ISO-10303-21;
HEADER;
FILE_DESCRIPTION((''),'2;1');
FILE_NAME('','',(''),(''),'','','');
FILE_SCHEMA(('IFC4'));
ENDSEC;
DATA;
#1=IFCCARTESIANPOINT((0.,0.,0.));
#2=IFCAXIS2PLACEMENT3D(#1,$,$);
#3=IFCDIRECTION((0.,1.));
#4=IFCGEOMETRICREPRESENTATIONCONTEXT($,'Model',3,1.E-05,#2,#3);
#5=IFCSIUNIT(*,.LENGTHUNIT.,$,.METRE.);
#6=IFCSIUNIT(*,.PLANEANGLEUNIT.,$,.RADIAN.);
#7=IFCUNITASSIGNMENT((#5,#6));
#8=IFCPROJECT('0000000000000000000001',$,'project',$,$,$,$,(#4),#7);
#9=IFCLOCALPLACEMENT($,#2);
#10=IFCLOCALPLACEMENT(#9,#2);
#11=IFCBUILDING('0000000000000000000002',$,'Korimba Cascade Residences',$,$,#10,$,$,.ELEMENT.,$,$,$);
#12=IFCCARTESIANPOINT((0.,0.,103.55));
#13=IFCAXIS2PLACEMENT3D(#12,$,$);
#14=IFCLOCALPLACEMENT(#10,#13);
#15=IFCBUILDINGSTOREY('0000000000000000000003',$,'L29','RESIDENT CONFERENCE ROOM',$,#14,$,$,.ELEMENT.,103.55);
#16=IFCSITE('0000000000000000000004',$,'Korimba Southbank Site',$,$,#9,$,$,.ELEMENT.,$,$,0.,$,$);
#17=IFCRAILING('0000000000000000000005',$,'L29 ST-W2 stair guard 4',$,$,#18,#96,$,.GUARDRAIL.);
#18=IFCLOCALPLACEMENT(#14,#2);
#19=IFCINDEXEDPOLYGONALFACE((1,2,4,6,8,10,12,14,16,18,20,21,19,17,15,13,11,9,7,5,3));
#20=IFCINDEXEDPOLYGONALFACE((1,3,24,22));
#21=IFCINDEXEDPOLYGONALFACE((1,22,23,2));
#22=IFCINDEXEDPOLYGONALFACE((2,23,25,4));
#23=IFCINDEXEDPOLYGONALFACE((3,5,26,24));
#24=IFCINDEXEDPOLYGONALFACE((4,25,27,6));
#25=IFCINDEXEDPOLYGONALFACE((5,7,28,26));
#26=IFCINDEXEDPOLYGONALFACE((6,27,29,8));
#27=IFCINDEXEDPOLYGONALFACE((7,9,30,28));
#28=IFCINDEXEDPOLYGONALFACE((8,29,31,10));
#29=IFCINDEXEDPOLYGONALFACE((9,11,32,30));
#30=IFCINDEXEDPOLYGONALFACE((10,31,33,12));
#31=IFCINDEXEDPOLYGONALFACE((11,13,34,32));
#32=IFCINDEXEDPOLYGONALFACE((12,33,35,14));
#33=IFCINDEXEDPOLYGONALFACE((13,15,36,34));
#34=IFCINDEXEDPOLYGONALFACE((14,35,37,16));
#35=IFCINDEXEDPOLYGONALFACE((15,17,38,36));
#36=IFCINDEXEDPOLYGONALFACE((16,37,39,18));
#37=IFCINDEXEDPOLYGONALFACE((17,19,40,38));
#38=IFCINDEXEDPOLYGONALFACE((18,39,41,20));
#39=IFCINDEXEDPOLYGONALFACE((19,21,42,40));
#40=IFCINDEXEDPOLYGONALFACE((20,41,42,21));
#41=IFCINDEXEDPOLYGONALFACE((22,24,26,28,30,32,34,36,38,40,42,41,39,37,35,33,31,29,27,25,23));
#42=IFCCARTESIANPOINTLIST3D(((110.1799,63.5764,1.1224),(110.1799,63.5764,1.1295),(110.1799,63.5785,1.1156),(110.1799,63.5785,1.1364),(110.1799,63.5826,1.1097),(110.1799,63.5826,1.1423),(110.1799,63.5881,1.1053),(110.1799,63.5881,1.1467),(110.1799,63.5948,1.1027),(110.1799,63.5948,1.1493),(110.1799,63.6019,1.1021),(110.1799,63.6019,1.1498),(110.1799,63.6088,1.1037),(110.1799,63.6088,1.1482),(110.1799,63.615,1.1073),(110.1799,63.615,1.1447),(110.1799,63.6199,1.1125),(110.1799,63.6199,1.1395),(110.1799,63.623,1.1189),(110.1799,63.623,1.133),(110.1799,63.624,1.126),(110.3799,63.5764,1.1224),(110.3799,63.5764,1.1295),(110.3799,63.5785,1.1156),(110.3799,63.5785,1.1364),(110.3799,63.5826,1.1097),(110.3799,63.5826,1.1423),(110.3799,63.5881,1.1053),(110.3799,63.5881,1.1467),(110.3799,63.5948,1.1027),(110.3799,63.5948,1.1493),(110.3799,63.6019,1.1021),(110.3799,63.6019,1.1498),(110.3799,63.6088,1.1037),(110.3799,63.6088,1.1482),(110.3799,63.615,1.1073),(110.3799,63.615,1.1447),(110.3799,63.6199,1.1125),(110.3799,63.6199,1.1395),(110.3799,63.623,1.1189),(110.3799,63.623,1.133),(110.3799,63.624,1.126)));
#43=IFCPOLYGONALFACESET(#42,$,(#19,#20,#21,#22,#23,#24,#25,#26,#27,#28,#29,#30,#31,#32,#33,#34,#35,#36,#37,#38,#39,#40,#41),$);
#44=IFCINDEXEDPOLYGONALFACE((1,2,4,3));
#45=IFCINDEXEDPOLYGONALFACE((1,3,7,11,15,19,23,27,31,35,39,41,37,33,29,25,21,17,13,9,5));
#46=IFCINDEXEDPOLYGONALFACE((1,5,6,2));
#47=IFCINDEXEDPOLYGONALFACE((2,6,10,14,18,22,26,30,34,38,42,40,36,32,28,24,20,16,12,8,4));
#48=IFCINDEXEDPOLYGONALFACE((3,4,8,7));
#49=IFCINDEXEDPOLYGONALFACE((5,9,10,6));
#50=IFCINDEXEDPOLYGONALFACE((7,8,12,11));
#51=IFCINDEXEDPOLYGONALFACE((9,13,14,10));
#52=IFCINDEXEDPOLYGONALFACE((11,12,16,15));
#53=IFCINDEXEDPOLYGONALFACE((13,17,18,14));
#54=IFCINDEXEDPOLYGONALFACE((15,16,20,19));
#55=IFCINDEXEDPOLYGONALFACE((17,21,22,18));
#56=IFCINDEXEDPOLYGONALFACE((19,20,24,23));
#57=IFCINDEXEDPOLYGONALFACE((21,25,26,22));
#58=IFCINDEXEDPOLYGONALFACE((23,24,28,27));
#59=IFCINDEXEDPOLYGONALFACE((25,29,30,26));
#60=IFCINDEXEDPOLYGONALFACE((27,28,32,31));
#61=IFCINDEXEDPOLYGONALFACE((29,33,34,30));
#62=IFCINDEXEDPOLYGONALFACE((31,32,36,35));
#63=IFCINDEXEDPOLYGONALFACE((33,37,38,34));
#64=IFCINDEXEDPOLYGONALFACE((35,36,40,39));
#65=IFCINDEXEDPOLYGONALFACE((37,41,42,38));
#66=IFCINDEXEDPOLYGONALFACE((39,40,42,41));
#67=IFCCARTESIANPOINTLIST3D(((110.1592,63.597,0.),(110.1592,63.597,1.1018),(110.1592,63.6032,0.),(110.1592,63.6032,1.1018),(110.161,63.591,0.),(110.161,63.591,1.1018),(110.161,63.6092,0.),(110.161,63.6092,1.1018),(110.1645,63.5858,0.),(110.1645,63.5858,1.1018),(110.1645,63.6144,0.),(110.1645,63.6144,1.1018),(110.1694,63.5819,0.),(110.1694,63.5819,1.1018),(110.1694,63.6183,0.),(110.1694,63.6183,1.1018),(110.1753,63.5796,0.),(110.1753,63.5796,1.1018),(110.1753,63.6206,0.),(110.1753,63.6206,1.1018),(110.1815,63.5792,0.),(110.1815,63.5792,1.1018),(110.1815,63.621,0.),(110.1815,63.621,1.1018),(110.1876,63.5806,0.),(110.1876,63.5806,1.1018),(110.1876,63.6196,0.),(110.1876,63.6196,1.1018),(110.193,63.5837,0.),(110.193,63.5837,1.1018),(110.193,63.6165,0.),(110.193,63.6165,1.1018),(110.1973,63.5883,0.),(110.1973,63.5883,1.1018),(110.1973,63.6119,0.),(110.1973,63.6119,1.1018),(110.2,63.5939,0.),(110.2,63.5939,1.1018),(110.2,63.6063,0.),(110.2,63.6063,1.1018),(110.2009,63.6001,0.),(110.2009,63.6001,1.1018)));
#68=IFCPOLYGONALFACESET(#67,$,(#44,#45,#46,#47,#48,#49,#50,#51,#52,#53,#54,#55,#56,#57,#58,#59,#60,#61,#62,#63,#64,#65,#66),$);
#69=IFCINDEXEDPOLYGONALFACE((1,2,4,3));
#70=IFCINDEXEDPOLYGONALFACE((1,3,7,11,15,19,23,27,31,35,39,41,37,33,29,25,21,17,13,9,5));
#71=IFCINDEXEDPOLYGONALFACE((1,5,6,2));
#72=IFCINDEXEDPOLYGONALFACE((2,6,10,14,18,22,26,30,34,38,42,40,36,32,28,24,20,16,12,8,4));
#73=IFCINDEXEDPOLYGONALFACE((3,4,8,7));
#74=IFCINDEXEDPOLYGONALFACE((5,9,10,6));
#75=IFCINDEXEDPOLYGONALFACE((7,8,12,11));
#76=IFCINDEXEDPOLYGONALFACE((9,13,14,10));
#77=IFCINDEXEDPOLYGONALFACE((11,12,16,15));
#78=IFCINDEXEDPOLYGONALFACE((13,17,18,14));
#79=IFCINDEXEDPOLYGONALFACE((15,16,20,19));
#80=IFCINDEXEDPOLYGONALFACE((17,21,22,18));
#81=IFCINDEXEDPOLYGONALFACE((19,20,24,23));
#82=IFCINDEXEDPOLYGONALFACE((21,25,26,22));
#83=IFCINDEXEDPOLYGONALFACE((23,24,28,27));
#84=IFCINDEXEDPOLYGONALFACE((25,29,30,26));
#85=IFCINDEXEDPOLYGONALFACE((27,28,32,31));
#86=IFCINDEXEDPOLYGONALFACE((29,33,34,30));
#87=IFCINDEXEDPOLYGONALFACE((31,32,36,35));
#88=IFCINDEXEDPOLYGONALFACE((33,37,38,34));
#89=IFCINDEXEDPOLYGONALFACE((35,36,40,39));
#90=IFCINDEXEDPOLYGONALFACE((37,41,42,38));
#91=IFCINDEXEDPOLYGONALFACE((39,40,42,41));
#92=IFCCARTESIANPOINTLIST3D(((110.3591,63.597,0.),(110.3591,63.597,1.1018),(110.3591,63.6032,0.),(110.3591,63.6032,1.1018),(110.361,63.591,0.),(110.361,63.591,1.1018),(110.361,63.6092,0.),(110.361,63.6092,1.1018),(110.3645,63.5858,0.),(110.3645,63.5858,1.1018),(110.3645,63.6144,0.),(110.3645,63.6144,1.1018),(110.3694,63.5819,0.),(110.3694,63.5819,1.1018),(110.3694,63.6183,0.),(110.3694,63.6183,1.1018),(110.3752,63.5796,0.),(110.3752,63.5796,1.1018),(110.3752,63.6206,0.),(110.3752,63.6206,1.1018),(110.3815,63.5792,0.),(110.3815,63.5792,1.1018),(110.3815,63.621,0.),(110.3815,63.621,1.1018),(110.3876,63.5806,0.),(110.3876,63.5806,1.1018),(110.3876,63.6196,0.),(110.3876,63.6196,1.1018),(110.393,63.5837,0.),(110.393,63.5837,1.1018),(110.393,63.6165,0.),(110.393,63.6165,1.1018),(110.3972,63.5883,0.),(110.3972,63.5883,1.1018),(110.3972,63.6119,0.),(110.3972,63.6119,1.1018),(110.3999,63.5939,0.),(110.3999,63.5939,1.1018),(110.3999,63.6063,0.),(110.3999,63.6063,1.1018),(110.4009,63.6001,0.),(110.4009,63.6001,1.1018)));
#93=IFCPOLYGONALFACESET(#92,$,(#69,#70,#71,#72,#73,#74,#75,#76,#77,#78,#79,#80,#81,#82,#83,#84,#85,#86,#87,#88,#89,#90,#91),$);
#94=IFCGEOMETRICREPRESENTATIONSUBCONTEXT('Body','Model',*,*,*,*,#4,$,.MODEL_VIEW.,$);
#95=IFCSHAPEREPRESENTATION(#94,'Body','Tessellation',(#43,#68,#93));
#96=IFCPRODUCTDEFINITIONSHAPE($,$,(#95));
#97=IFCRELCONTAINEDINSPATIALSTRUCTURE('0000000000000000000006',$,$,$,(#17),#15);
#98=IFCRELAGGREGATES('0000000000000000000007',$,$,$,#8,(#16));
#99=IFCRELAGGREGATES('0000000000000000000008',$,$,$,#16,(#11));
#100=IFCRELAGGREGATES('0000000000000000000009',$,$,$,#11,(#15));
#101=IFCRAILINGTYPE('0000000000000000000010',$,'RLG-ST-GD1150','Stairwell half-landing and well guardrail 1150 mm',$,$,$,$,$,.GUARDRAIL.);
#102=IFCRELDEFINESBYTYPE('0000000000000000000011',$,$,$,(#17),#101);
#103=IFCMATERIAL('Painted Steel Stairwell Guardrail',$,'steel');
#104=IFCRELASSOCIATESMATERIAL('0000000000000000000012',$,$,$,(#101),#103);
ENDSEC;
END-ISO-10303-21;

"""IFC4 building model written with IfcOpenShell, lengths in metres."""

from ifc_helpers import new_model, si_unit, direction, frame, origin, origin_2d, place, context, subcontext, project, spatial, circle, extrude, material, type_object, element, save


model = new_model("IFC4")

# Units and contexts
model_context = context("Model", 3, precision=1e-05, world=origin(), true_north=direction((0.0, 1.0)))
body_context = subcontext(model_context, "Body", "Model", "MODEL_VIEW")
ifc_project = project(units=[si_unit("LENGTHUNIT", "METRE"), si_unit("PLANEANGLEUNIT", "RADIAN")], contexts=[model_context])

# Site, building, storey
site_placement = place(None, origin())
site = spatial("IfcSite", under=ifc_project, at=site_placement, Name="Korimba Southbank Site", CompositionType="ELEMENT", RefElevation=0.0)
building_placement = place(site_placement, origin())
building = spatial("IfcBuilding", under=site, at=building_placement, Name="Korimba Cascade Residences", CompositionType="ELEMENT")
storey_placement = place(building_placement, frame((0.0, 0.0, 103.55)))
storey = spatial("IfcBuildingStorey", under=building, at=storey_placement, Name="L29", Description="RESIDENT CONFERENCE ROOM", CompositionType="ELEMENT", Elevation=103.55)

# Railing
ifc_material_1 = material(Name="Painted Steel Stairwell Guardrail", Category="steel")
railing_type_1 = type_object("IfcRailingType", Name="RLG-ST-GD1150", Description="Stairwell half-landing and well guardrail 1150 mm", PredefinedType="GUARDRAIL", material=ifc_material_1)
railing_1_placement = place(storey_placement, frame((110.1799, 63.6001, 0.0)))
element("IfcRailing", 1, at=railing_1_placement, inside=storey, type_object=railing_type_1, Name="L29 ST-W2 stair guard 4", PredefinedType="GUARDRAIL", context=body_context, shape_type="SweptSolid", body=[
    extrude(circle(Radius=0.0239, at=origin_2d()), frame((0.0, 0.0, 1.126), z_axis=(1.0, 0.0, 0.0), x_axis=(0.0, 1.0, 0.0)), (0.0, 0.0, 1.0), 0.2),
    extrude(circle(Radius=0.021, at=origin_2d()), origin(), (0.0, 0.0, 1.0), 1.1018),
    extrude(circle(Radius=0.021, at=origin_2d()), frame((0.2, 0.0, 0.0)), (0.0, 0.0, 1.0), 1.1018),
])

save(model, "model.ifc")
